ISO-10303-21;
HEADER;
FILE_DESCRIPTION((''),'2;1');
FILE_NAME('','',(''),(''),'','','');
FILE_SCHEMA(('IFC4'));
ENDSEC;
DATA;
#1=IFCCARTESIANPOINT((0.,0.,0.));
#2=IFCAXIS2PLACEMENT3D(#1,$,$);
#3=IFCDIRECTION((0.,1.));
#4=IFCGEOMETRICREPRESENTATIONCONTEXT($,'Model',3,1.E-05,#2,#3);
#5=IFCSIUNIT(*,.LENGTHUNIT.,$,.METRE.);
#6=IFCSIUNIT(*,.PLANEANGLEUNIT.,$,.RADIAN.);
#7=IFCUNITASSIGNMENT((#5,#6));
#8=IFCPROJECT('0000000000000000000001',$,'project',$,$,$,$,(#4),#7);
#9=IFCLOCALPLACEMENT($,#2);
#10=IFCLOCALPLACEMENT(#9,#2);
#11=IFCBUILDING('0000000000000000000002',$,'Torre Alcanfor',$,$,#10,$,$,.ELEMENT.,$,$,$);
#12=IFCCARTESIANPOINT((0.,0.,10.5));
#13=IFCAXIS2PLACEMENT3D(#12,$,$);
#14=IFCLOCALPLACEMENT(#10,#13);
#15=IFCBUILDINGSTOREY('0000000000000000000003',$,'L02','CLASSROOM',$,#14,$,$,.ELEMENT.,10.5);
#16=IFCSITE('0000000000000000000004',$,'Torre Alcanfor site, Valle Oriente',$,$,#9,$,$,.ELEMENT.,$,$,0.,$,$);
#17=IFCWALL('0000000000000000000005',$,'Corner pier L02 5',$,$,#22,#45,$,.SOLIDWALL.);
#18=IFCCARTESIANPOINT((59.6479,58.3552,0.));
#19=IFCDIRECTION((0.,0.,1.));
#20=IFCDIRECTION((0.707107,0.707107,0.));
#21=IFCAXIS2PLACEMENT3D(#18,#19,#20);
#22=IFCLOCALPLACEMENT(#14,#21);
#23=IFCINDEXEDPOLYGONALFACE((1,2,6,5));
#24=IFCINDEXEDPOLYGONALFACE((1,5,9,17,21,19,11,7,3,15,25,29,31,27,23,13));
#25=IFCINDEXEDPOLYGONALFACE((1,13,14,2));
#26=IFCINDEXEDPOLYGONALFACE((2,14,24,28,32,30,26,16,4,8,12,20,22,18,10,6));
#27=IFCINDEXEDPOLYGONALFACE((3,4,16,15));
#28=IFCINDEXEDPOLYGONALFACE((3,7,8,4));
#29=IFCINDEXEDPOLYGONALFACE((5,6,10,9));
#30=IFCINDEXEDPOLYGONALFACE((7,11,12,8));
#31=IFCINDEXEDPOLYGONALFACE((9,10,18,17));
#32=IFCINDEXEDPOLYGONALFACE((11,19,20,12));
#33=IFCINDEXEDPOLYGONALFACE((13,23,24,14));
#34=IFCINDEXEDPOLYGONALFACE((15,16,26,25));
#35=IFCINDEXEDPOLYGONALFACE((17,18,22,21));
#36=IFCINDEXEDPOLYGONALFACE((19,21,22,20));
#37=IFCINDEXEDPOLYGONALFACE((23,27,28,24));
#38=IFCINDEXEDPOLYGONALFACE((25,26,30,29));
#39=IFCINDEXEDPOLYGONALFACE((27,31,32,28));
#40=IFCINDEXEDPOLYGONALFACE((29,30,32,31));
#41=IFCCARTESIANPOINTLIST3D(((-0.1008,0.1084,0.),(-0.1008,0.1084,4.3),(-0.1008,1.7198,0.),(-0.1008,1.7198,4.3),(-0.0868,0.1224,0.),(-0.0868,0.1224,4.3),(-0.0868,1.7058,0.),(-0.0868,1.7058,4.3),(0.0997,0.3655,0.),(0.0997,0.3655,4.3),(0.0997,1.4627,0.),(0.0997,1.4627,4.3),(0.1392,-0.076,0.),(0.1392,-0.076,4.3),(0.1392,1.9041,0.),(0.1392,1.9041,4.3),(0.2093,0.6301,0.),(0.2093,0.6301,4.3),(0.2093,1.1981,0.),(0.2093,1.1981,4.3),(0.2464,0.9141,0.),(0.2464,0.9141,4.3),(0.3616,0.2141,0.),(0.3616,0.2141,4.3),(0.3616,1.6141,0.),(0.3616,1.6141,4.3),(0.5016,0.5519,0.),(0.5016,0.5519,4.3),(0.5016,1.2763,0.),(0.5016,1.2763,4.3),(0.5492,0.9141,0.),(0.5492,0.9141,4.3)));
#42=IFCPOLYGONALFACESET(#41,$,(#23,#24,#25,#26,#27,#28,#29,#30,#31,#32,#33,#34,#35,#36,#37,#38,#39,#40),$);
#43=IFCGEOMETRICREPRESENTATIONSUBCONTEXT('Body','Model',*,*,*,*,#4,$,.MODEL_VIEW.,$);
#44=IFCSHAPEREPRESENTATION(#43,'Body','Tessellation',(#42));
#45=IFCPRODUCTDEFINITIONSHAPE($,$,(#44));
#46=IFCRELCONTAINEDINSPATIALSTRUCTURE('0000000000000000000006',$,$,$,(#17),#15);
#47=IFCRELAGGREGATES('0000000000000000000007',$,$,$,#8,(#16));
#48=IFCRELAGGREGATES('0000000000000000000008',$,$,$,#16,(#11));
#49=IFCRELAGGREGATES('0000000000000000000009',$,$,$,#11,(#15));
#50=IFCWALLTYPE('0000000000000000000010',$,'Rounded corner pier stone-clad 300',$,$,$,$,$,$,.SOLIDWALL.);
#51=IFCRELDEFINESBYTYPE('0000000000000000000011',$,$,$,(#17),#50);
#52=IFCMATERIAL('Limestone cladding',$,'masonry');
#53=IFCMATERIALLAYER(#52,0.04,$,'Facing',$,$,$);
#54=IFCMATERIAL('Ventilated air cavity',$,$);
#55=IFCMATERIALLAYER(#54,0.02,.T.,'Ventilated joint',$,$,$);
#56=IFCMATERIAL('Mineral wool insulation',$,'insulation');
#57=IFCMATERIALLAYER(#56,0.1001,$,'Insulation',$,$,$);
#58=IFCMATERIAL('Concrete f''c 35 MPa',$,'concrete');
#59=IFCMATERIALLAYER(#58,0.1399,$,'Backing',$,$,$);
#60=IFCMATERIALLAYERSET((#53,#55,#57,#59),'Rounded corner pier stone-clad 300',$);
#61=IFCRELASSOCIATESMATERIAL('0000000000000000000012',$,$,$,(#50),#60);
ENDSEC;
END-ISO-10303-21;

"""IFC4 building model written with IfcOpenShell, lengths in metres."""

from ifc_helpers import new_model, si_unit, direction, frame, origin, place, context, subcontext, project, spatial, polyline, outline, extrude, material, layer, layer_set, type_object, element, save


model = new_model("IFC4")

# Units and contexts
model_context = context("Model", 3, precision=1e-05, world=origin(), true_north=direction((0.0, 1.0)))
body_context = subcontext(model_context, "Body", "Model", "MODEL_VIEW")
ifc_project = project(units=[si_unit("LENGTHUNIT", "METRE"), si_unit("PLANEANGLEUNIT", "RADIAN")], contexts=[model_context])

# Site, building, storey
site_placement = place(None, origin())
site = spatial("IfcSite", under=ifc_project, at=site_placement, Name="Torre Alcanfor site, Valle Oriente", CompositionType="ELEMENT", RefElevation=0.0)
building_placement = place(site_placement, origin())
building = spatial("IfcBuilding", under=site, at=building_placement, Name="Torre Alcanfor", CompositionType="ELEMENT")
storey_placement = place(building_placement, frame((0.0, 0.0, 10.5)))
storey = spatial("IfcBuildingStorey", under=building, at=storey_placement, Name="L02", Description="CLASSROOM", CompositionType="ELEMENT", Elevation=10.5)

# Wall
ifc_material_1 = material(Name="Limestone cladding", Category="masonry")
ifc_layer_1 = layer(ifc_material_1, 0.04, Name="Facing")
ifc_material_2 = material(Name="Ventilated air cavity")
ifc_layer_2 = layer(ifc_material_2, 0.02, ventilated=True, Name="Ventilated joint")
ifc_material_3 = material(Name="Mineral wool insulation", Category="insulation")
ifc_layer_3 = layer(ifc_material_3, 0.1001, Name="Insulation")
ifc_material_4 = material(Name="Concrete f'c 35 MPa", Category="concrete")
ifc_layer_4 = layer(ifc_material_4, 0.1399, Name="Backing")
ifc_layer_set_1 = layer_set([ifc_layer_1, ifc_layer_2, ifc_layer_3, ifc_layer_4], Name="Rounded corner pier stone-clad 300")
wall_type_1 = type_object("IfcWallType", Name="Rounded corner pier stone-clad 300", PredefinedType="SOLIDWALL", material=ifc_layer_set_1)
wall_1_placement = place(storey_placement, frame((59.6479, 58.3552, 0.0), z_axis=(0.0, 0.0, 1.0), x_axis=(0.707107, 0.707107, 0.0)))
element("IfcWall", 1, at=wall_1_placement, inside=storey, type_object=wall_type_1, Name="Corner pier L02 5", PredefinedType="SOLIDWALL", context=body_context, shape_type="SweptSolid", body=[
    extrude(outline(polyline([(0.1392, 1.9041), (-0.1008, 1.7198), (-0.0868, 1.7058), (0.0997, 1.4627), (0.2093, 1.1981), (0.2464, 0.9141), (0.2093, 0.6301), (0.0997, 0.3655), (-0.0868, 0.1224), (-0.1008, 0.1084), (0.1392, -0.076), (0.3616, 0.2141), (0.5016, 0.5519), (0.5492, 0.9141), (0.5016, 1.2763), (0.3616, 1.6141), (0.1392, 1.9041)])), origin(), (0.0, 0.0, 1.0), 4.3),
])

save(model, "model.ifc")
